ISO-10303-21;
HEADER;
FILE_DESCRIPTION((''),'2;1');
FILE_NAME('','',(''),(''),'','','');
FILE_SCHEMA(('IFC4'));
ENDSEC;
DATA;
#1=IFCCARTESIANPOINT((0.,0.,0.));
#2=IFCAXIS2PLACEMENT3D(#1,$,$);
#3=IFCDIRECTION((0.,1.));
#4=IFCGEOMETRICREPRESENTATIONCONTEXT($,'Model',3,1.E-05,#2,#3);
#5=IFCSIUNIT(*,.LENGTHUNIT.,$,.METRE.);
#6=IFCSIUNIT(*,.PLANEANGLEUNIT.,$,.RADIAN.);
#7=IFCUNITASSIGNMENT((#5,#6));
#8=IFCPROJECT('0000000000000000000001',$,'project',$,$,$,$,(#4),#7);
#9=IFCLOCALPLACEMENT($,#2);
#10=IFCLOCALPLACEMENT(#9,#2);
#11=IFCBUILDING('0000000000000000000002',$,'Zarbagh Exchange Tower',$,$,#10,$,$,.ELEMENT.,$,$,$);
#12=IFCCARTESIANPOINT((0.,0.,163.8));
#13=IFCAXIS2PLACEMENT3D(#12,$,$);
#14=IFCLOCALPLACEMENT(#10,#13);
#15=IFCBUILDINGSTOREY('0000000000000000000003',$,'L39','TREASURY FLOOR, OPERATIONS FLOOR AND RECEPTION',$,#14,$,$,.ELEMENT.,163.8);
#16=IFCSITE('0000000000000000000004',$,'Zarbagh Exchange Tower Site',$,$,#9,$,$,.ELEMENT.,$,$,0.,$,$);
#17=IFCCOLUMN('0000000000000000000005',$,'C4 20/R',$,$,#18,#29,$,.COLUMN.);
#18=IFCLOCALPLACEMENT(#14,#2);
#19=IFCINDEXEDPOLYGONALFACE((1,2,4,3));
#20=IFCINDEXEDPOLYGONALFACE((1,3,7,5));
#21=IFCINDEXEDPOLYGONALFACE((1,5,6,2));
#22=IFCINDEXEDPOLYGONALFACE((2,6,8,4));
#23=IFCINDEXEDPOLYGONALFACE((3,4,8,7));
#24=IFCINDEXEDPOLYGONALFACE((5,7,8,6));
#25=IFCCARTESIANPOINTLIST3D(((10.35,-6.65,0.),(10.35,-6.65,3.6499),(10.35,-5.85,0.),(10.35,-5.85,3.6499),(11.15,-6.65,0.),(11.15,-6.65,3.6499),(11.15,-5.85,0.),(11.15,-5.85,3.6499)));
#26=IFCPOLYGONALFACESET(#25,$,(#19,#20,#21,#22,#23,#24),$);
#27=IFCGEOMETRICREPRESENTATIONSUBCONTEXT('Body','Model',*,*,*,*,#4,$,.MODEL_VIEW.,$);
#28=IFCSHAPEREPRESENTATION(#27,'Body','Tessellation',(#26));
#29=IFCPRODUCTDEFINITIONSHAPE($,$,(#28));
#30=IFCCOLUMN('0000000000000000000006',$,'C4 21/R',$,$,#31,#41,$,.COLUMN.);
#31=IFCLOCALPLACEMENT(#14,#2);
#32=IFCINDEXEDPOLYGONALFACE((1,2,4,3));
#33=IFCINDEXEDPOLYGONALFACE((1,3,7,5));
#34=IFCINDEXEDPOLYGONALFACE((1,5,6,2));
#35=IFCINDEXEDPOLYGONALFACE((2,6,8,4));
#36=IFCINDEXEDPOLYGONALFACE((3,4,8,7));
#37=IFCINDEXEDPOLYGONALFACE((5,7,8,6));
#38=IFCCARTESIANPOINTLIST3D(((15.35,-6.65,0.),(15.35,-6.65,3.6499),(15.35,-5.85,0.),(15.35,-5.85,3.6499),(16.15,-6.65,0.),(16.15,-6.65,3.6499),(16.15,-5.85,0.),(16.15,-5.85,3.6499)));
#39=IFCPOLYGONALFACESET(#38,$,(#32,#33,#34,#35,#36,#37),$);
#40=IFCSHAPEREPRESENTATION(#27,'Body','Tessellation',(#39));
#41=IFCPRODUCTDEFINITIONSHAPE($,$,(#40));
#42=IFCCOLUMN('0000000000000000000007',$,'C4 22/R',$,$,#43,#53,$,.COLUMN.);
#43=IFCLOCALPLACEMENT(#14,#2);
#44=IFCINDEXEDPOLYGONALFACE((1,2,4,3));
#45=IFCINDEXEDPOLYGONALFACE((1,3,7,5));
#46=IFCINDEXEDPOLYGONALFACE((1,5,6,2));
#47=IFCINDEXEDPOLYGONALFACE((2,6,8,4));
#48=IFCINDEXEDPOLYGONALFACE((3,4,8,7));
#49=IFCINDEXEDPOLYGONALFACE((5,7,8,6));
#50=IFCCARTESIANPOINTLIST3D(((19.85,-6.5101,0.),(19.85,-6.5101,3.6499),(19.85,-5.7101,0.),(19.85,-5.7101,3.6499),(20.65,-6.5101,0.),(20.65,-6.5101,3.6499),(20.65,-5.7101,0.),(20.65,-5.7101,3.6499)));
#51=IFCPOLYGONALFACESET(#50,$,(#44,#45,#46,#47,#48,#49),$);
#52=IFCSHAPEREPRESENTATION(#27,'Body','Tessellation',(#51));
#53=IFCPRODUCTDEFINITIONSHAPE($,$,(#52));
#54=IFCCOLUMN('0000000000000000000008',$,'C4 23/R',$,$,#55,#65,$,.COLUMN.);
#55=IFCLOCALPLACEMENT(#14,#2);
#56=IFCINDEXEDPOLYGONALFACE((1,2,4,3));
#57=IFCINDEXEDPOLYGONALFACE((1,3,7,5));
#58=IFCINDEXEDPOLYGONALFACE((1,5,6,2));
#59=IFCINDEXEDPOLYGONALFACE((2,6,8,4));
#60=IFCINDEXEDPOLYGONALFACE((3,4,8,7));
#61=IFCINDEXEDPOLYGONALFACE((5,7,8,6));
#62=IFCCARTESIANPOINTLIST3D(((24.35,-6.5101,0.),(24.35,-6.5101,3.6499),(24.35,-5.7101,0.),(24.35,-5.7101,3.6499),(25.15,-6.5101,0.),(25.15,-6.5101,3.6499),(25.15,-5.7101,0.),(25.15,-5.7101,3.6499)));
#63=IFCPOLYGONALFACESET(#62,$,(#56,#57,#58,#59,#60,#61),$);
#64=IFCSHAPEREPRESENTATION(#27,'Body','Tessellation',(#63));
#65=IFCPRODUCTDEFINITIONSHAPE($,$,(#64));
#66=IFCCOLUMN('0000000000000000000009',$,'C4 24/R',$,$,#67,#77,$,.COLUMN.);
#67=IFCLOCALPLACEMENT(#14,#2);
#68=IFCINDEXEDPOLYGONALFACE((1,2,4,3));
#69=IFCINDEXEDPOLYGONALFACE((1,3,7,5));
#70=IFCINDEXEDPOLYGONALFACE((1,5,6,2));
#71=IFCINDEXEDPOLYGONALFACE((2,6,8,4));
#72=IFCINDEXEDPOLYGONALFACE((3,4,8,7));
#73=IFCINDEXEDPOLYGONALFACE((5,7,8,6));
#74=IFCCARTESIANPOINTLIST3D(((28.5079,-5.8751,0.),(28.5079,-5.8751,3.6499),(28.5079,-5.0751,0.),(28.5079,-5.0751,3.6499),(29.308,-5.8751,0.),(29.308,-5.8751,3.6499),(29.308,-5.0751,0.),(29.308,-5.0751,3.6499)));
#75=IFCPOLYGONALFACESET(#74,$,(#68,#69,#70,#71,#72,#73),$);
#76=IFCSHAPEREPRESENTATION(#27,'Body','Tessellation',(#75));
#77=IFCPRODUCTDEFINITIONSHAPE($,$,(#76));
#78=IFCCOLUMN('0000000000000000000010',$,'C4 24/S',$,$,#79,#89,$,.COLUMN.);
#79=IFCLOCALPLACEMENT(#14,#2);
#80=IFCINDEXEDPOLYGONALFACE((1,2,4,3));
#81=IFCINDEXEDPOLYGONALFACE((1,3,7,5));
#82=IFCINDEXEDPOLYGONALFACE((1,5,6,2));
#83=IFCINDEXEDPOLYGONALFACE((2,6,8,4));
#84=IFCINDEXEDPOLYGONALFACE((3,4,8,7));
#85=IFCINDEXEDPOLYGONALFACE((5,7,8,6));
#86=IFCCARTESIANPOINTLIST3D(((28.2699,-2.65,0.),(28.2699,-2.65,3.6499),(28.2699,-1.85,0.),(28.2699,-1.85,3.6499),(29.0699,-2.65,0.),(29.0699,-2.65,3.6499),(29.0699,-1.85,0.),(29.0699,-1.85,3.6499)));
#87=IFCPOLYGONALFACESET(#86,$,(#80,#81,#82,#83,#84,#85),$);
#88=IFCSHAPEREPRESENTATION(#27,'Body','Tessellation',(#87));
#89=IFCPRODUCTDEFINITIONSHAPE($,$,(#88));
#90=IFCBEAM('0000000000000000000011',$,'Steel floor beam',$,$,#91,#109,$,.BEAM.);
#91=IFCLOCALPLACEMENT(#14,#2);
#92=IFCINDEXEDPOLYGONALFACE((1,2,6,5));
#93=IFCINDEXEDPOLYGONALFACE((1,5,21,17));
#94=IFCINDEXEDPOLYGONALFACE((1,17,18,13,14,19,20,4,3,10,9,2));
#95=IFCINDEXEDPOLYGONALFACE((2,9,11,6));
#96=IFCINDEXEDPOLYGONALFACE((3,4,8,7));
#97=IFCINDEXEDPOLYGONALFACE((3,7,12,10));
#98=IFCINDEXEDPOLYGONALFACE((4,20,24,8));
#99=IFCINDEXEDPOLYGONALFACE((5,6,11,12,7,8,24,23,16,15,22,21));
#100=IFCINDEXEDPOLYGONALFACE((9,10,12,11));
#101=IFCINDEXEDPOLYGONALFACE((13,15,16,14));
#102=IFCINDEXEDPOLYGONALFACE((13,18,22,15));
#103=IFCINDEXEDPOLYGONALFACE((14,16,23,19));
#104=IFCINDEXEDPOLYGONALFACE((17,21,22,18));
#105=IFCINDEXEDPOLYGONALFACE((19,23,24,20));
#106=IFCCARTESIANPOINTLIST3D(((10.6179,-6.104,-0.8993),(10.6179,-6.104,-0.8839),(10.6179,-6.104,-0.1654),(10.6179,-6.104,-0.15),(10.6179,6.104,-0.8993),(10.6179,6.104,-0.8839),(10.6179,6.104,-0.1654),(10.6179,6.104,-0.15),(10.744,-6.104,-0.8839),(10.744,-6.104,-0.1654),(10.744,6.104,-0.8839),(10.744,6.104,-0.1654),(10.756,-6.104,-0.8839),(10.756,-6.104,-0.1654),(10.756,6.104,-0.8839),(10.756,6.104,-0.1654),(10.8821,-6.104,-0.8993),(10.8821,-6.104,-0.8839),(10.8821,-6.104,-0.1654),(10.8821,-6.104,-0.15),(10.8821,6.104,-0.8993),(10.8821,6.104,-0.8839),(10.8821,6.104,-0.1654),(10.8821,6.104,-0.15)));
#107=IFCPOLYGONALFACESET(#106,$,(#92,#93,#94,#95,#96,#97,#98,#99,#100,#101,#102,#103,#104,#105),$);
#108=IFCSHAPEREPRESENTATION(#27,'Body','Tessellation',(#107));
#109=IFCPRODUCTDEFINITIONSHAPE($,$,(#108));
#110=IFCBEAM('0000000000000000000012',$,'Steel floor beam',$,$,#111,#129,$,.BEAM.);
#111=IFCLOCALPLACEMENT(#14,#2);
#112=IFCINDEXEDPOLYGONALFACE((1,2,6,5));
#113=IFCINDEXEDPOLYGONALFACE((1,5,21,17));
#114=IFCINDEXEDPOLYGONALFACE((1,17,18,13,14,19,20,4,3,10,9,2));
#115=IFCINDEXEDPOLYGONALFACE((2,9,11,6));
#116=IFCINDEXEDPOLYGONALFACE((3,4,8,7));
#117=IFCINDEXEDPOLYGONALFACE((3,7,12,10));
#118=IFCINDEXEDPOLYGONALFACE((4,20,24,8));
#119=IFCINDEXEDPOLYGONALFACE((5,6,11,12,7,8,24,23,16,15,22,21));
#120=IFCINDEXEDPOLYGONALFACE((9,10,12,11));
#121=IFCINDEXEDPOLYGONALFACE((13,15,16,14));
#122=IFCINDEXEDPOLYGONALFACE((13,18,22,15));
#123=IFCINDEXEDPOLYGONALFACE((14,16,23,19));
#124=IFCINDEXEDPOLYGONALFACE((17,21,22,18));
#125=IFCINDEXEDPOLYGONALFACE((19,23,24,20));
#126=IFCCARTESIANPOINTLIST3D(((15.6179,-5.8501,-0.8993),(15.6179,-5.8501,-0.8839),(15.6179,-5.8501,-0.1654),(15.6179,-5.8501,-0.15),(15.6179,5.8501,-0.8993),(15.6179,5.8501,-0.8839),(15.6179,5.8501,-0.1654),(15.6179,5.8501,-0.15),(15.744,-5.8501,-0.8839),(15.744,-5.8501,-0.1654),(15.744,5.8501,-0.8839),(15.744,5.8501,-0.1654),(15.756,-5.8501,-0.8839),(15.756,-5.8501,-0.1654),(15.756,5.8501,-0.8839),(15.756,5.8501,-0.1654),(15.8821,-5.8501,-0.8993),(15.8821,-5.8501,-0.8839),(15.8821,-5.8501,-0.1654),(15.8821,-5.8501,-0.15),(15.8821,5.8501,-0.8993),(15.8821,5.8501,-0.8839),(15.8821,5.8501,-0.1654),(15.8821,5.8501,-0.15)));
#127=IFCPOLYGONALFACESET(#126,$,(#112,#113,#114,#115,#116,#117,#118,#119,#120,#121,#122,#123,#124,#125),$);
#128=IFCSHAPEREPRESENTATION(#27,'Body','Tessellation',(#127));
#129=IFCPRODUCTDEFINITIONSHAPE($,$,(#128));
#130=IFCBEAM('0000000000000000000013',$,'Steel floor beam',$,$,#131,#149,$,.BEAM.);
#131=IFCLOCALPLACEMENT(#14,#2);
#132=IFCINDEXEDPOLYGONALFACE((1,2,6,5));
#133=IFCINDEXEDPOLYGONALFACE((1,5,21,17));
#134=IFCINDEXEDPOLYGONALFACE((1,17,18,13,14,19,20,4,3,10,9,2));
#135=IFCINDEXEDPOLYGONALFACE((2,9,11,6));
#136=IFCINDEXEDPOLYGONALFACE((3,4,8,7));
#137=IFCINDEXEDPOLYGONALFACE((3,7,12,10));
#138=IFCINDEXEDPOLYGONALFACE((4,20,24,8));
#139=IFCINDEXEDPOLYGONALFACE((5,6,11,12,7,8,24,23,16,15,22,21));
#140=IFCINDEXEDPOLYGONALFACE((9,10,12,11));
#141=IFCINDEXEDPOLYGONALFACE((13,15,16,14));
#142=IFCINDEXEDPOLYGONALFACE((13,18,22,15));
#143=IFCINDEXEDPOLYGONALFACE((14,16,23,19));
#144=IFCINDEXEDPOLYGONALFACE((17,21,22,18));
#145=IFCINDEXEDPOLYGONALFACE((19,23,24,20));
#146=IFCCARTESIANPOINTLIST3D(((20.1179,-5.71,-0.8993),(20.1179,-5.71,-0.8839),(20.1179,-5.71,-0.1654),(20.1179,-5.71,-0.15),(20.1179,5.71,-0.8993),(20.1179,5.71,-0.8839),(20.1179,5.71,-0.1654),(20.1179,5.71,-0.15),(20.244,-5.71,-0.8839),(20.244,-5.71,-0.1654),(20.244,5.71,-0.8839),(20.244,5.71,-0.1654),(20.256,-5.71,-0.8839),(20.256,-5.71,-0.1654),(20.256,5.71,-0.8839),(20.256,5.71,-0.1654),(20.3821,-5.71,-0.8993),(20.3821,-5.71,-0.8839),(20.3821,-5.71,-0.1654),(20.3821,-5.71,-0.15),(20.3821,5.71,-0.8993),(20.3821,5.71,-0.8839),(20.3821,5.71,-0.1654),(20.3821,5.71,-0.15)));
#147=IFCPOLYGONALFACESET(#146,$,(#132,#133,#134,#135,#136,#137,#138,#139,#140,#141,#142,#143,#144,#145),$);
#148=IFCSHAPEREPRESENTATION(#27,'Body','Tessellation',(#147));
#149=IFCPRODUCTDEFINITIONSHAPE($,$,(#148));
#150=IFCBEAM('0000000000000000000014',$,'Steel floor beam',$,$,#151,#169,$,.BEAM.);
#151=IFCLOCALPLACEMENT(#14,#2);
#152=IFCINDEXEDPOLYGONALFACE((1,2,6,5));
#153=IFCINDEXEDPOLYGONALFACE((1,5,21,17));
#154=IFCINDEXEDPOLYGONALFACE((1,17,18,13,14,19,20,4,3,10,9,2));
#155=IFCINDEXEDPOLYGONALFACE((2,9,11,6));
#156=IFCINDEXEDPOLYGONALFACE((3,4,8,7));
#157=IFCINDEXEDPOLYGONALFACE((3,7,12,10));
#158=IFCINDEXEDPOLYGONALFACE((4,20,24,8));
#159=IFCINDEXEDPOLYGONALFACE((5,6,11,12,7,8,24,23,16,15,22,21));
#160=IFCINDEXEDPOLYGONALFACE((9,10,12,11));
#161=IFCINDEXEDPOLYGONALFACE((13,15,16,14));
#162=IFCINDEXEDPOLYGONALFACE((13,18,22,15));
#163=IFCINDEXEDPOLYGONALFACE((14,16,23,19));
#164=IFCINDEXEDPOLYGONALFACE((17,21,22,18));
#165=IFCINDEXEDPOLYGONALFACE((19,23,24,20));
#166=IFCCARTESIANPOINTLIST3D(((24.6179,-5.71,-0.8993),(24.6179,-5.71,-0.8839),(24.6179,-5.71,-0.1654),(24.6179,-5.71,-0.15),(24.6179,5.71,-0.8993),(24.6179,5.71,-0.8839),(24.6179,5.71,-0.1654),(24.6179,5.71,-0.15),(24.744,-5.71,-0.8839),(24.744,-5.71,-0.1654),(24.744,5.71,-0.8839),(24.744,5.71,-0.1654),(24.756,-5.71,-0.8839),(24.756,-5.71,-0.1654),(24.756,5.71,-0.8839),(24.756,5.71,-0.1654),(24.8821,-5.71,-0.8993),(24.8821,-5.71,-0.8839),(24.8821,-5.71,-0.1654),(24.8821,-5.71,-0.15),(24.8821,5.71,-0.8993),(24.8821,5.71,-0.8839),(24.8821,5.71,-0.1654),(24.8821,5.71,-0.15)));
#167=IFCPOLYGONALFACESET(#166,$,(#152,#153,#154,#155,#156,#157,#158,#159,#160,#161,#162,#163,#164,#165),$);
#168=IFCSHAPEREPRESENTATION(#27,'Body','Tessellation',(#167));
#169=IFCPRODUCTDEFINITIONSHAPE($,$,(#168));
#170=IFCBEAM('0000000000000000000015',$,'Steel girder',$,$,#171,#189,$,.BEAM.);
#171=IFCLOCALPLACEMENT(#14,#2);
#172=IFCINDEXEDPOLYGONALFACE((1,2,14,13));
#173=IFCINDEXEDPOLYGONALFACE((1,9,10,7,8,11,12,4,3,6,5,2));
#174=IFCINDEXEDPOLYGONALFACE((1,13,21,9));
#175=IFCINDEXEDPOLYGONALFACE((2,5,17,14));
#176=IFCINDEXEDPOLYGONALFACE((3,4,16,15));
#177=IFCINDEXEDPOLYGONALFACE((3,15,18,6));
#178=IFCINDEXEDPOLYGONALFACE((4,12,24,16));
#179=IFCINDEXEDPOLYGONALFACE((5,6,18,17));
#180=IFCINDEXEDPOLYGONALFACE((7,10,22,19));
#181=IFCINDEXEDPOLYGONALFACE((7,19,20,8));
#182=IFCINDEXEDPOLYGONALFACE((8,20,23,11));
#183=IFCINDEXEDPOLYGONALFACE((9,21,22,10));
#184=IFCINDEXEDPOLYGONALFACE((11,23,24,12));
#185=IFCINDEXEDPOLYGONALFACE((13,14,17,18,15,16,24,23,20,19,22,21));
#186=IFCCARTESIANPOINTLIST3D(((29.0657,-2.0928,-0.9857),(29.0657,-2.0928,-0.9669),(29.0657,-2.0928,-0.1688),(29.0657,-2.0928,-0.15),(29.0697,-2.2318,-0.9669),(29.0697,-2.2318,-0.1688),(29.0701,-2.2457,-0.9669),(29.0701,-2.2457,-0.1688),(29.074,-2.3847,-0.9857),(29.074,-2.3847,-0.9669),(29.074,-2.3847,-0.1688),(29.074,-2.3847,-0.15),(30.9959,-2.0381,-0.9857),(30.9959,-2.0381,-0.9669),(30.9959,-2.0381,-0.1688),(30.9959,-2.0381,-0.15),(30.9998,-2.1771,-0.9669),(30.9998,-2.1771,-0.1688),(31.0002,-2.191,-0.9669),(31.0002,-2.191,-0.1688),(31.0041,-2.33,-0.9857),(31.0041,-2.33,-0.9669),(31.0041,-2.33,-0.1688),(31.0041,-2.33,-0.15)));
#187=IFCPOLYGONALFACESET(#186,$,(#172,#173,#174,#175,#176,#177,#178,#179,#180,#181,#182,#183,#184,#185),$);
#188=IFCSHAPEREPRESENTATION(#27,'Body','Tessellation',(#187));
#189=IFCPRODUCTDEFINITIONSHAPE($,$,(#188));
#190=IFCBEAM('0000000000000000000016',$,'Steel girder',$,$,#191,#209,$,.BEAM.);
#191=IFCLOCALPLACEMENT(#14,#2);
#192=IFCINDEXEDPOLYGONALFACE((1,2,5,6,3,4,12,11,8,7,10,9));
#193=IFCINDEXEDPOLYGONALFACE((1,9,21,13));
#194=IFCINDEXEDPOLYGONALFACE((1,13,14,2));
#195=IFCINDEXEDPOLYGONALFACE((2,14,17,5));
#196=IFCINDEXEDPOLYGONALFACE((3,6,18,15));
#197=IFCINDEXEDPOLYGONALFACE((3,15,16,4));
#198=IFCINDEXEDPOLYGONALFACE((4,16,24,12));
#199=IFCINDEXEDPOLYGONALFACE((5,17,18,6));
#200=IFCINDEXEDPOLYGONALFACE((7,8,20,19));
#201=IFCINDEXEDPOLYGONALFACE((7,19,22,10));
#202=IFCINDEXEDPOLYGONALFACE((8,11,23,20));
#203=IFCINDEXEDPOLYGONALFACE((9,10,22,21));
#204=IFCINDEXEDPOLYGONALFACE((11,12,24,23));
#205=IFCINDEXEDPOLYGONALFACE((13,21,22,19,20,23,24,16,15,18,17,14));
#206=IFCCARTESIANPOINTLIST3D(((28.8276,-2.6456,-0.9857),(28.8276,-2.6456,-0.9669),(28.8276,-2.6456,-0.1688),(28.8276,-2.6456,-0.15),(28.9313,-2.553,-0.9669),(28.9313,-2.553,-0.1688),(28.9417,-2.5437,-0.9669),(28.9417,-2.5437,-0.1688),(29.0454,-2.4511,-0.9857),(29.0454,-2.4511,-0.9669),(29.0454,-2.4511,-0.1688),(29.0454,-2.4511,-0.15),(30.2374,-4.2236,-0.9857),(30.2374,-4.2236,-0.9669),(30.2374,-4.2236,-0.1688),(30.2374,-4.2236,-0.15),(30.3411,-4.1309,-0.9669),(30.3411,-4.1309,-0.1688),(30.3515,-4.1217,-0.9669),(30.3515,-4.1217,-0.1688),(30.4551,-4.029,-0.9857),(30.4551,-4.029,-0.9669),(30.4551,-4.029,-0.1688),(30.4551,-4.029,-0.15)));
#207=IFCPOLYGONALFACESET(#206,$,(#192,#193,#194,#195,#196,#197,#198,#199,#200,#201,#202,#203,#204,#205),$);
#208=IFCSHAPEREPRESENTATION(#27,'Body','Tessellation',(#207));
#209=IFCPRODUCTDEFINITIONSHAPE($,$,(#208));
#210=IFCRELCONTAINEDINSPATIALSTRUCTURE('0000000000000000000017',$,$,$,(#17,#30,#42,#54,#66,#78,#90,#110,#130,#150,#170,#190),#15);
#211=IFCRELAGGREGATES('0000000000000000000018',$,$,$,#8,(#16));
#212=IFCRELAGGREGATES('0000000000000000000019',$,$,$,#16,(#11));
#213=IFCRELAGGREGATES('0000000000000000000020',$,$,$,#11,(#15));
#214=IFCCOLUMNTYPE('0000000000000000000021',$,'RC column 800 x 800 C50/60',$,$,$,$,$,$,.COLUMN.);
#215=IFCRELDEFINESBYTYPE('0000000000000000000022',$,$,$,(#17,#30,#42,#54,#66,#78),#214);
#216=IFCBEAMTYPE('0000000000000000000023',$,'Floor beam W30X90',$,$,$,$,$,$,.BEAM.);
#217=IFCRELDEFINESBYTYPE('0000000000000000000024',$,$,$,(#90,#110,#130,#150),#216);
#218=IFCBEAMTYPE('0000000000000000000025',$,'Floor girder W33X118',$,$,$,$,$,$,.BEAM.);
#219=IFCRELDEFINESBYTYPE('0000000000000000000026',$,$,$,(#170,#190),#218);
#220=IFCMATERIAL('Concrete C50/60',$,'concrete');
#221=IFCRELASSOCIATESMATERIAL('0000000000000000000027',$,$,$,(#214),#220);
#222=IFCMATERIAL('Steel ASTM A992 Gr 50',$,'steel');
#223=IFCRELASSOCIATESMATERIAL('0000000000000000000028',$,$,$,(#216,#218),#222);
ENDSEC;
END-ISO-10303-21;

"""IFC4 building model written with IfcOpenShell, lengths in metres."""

from ifc_helpers import new_model, si_unit, direction, frame, origin, origin_2d, place, context, subcontext, project, spatial, rectangle, i_section, extrude, material, material_profile, profile_set, type_object, element, save


model = new_model("IFC4")

# Units and contexts
model_context = context("Model", 3, precision=1e-05, world=origin(), true_north=direction((0.0, 1.0)))
body_context = subcontext(model_context, "Body", "Model", "MODEL_VIEW")
ifc_project = project(units=[si_unit("LENGTHUNIT", "METRE"), si_unit("PLANEANGLEUNIT", "RADIAN")], contexts=[model_context])

# Site, building, storey
site_placement = place(None, origin())
site = spatial("IfcSite", under=ifc_project, at=site_placement, Name="Zarbagh Exchange Tower Site", CompositionType="ELEMENT", RefElevation=0.0)
building_placement = place(site_placement, origin())
building = spatial("IfcBuilding", under=site, at=building_placement, Name="Zarbagh Exchange Tower", CompositionType="ELEMENT")
storey_placement = place(building_placement, frame((0.0, 0.0, 163.8)))
storey = spatial("IfcBuildingStorey", under=building, at=storey_placement, Name="L39", Description="TREASURY FLOOR, OPERATIONS FLOOR AND RECEPTION", CompositionType="ELEMENT", Elevation=163.8)

# Columns
ifc_material_1 = material(Name="Concrete C50/60", Category="concrete")
ifc_material_profile_1 = material_profile(ifc_material_1, rectangle(XDim=0.8, YDim=0.8, at=origin_2d()), Name="RC column 800 x 800 C50/60")
ifc_profile_set_1 = profile_set([ifc_material_profile_1], Name="Concrete C50/60")
column_type = type_object("IfcColumnType", Name="RC column 800 x 800 C50/60", PredefinedType="COLUMN", material=ifc_profile_set_1)
for number, where, z_axis, x_axis, name in (
    (1, (10.75, -6.25, 0.0), (0.0, 0.0, 1.0), (1.0, 0.0, 0.0), "C4 20/R"),
    (2, (15.75, -6.25, 0.0), (0.0, 0.0, 1.0), (1.0, 0.0, 0.0), "C4 21/R"),
    (3, (20.25, -6.1101, 0.0), (0.0, 0.0, 1.0), (1.0, 0.0, 0.0), "C4 22/R"),
    (4, (24.75, -6.1101, 0.0), (0.0, 0.0, 1.0), (1.0, 0.0, 0.0), "C4 23/R"),
    (5, (28.908, -5.4751, 0.0), (0.0, 0.0, 1.0), (1.0, 0.0, 0.0), "C4 24/R"),
    (6, (28.6699, -2.25, 0.0), (0.0, 0.0, 1.0), (1.0, 0.0, 0.0), "C4 24/S"),
):
    element("IfcColumn", number, at=place(storey_placement, frame(where, z_axis=z_axis, x_axis=x_axis)), inside=storey, type_object=column_type, Name=name, PredefinedType="COLUMN", context=body_context, shape_type="SweptSolid", body=[
        extrude(rectangle(XDim=0.8, YDim=0.8, at=origin_2d()), origin(), (0.0, 0.0, 1.0), 3.6499),
    ])

# Beams
ifc_material_2 = material(Name="Steel ASTM A992 Gr 50", Category="steel")
ifc_material_profile_2 = material_profile(ifc_material_2, i_section(OverallWidth=0.2642, OverallDepth=0.7493, WebThickness=0.012, FlangeThickness=0.0154, at=origin_2d()), Name="W30X90")
ifc_profile_set_2 = profile_set([ifc_material_profile_2], Name="Steel ASTM A992 Gr 50")
beam_type_1 = type_object("IfcBeamType", Name="Floor beam W30X90", PredefinedType="BEAM", material=ifc_profile_set_2)
beam_1_placement = place(storey_placement, frame((10.75, -6.104, -0.5247), z_axis=(0.0, 1.0, 0.0), x_axis=(-1.0, 0.0, 0.0)))
element("IfcBeam", 7, at=beam_1_placement, inside=storey, type_object=beam_type_1, Name="Steel floor beam", PredefinedType="BEAM", context=body_context, shape_type="SweptSolid", body=[
    extrude(i_section(OverallWidth=0.2642, OverallDepth=0.7493, WebThickness=0.012, FlangeThickness=0.0154, at=origin_2d()), origin(), (0.0, 0.0, 1.0), 12.208),
])
beam_2_placement = place(storey_placement, frame((15.75, -5.8501, -0.5247), z_axis=(0.0, 1.0, 0.0), x_axis=(-1.0, 0.0, 0.0)))
element("IfcBeam", 8, at=beam_2_placement, inside=storey, type_object=beam_type_1, Name="Steel floor beam", PredefinedType="BEAM", context=body_context, shape_type="SweptSolid", body=[
    extrude(i_section(OverallWidth=0.2642, OverallDepth=0.7493, WebThickness=0.012, FlangeThickness=0.0154, at=origin_2d()), origin(), (0.0, 0.0, 1.0), 11.7002),
])
for number, where, z_axis, x_axis, name in (
    (9, (20.25, -5.71, -0.5247), (0.0, 1.0, 0.0), (-1.0, 0.0, 0.0), "Steel floor beam"),
    (10, (24.75, -5.71, -0.5247), (0.0, 1.0, 0.0), (-1.0, 0.0, 0.0), "Steel floor beam"),
):
    element("IfcBeam", number, at=place(storey_placement, frame(where, z_axis=z_axis, x_axis=x_axis)), inside=storey, type_object=beam_type_1, Name=name, PredefinedType="BEAM", context=body_context, shape_type="SweptSolid", body=[
        extrude(i_section(OverallWidth=0.2642, OverallDepth=0.7493, WebThickness=0.012, FlangeThickness=0.0154, at=origin_2d()), origin(), (0.0, 0.0, 1.0), 11.4199),
    ])
ifc_material_profile_3 = material_profile(ifc_material_2, i_section(OverallWidth=0.292, OverallDepth=0.8357, WebThickness=0.0139, FlangeThickness=0.0188, at=origin_2d()), Name="W33X118")
ifc_profile_set_3 = profile_set([ifc_material_profile_3], Name="Steel ASTM A992 Gr 50")
beam_type_2 = type_object("IfcBeamType", Name="Floor girder W33X118", PredefinedType="BEAM", material=ifc_profile_set_3)
beam_3_placement = place(storey_placement, frame((31.0, -2.1841, -0.5679), z_axis=(-0.999599, -0.028322, 0.0), x_axis=(0.028322, -0.999599, 0.0)))
element("IfcBeam", 11, at=beam_3_placement, inside=storey, type_object=beam_type_2, Name="Steel girder", PredefinedType="BEAM", context=body_context, shape_type="SweptSolid", body=[
    extrude(i_section(OverallWidth=0.292, OverallDepth=0.8357, WebThickness=0.0139, FlangeThickness=0.0188, at=origin_2d()), origin(), (0.0, 0.0, 1.0), 1.9309),
])
beam_4_placement = place(storey_placement, frame((28.9365, -2.5483, -0.5679), z_axis=(0.666238, -0.745739, 0.0), x_axis=(0.745739, 0.666238, 0.0)))
element("IfcBeam", 12, at=beam_4_placement, inside=storey, type_object=beam_type_2, Name="Steel girder", PredefinedType="BEAM", context=body_context, shape_type="SweptSolid", body=[
    extrude(i_section(OverallWidth=0.292, OverallDepth=0.8357, WebThickness=0.0139, FlangeThickness=0.0188, at=origin_2d()), origin(), (0.0, 0.0, 1.0), 2.116),
])

save(model, "model.ifc")
